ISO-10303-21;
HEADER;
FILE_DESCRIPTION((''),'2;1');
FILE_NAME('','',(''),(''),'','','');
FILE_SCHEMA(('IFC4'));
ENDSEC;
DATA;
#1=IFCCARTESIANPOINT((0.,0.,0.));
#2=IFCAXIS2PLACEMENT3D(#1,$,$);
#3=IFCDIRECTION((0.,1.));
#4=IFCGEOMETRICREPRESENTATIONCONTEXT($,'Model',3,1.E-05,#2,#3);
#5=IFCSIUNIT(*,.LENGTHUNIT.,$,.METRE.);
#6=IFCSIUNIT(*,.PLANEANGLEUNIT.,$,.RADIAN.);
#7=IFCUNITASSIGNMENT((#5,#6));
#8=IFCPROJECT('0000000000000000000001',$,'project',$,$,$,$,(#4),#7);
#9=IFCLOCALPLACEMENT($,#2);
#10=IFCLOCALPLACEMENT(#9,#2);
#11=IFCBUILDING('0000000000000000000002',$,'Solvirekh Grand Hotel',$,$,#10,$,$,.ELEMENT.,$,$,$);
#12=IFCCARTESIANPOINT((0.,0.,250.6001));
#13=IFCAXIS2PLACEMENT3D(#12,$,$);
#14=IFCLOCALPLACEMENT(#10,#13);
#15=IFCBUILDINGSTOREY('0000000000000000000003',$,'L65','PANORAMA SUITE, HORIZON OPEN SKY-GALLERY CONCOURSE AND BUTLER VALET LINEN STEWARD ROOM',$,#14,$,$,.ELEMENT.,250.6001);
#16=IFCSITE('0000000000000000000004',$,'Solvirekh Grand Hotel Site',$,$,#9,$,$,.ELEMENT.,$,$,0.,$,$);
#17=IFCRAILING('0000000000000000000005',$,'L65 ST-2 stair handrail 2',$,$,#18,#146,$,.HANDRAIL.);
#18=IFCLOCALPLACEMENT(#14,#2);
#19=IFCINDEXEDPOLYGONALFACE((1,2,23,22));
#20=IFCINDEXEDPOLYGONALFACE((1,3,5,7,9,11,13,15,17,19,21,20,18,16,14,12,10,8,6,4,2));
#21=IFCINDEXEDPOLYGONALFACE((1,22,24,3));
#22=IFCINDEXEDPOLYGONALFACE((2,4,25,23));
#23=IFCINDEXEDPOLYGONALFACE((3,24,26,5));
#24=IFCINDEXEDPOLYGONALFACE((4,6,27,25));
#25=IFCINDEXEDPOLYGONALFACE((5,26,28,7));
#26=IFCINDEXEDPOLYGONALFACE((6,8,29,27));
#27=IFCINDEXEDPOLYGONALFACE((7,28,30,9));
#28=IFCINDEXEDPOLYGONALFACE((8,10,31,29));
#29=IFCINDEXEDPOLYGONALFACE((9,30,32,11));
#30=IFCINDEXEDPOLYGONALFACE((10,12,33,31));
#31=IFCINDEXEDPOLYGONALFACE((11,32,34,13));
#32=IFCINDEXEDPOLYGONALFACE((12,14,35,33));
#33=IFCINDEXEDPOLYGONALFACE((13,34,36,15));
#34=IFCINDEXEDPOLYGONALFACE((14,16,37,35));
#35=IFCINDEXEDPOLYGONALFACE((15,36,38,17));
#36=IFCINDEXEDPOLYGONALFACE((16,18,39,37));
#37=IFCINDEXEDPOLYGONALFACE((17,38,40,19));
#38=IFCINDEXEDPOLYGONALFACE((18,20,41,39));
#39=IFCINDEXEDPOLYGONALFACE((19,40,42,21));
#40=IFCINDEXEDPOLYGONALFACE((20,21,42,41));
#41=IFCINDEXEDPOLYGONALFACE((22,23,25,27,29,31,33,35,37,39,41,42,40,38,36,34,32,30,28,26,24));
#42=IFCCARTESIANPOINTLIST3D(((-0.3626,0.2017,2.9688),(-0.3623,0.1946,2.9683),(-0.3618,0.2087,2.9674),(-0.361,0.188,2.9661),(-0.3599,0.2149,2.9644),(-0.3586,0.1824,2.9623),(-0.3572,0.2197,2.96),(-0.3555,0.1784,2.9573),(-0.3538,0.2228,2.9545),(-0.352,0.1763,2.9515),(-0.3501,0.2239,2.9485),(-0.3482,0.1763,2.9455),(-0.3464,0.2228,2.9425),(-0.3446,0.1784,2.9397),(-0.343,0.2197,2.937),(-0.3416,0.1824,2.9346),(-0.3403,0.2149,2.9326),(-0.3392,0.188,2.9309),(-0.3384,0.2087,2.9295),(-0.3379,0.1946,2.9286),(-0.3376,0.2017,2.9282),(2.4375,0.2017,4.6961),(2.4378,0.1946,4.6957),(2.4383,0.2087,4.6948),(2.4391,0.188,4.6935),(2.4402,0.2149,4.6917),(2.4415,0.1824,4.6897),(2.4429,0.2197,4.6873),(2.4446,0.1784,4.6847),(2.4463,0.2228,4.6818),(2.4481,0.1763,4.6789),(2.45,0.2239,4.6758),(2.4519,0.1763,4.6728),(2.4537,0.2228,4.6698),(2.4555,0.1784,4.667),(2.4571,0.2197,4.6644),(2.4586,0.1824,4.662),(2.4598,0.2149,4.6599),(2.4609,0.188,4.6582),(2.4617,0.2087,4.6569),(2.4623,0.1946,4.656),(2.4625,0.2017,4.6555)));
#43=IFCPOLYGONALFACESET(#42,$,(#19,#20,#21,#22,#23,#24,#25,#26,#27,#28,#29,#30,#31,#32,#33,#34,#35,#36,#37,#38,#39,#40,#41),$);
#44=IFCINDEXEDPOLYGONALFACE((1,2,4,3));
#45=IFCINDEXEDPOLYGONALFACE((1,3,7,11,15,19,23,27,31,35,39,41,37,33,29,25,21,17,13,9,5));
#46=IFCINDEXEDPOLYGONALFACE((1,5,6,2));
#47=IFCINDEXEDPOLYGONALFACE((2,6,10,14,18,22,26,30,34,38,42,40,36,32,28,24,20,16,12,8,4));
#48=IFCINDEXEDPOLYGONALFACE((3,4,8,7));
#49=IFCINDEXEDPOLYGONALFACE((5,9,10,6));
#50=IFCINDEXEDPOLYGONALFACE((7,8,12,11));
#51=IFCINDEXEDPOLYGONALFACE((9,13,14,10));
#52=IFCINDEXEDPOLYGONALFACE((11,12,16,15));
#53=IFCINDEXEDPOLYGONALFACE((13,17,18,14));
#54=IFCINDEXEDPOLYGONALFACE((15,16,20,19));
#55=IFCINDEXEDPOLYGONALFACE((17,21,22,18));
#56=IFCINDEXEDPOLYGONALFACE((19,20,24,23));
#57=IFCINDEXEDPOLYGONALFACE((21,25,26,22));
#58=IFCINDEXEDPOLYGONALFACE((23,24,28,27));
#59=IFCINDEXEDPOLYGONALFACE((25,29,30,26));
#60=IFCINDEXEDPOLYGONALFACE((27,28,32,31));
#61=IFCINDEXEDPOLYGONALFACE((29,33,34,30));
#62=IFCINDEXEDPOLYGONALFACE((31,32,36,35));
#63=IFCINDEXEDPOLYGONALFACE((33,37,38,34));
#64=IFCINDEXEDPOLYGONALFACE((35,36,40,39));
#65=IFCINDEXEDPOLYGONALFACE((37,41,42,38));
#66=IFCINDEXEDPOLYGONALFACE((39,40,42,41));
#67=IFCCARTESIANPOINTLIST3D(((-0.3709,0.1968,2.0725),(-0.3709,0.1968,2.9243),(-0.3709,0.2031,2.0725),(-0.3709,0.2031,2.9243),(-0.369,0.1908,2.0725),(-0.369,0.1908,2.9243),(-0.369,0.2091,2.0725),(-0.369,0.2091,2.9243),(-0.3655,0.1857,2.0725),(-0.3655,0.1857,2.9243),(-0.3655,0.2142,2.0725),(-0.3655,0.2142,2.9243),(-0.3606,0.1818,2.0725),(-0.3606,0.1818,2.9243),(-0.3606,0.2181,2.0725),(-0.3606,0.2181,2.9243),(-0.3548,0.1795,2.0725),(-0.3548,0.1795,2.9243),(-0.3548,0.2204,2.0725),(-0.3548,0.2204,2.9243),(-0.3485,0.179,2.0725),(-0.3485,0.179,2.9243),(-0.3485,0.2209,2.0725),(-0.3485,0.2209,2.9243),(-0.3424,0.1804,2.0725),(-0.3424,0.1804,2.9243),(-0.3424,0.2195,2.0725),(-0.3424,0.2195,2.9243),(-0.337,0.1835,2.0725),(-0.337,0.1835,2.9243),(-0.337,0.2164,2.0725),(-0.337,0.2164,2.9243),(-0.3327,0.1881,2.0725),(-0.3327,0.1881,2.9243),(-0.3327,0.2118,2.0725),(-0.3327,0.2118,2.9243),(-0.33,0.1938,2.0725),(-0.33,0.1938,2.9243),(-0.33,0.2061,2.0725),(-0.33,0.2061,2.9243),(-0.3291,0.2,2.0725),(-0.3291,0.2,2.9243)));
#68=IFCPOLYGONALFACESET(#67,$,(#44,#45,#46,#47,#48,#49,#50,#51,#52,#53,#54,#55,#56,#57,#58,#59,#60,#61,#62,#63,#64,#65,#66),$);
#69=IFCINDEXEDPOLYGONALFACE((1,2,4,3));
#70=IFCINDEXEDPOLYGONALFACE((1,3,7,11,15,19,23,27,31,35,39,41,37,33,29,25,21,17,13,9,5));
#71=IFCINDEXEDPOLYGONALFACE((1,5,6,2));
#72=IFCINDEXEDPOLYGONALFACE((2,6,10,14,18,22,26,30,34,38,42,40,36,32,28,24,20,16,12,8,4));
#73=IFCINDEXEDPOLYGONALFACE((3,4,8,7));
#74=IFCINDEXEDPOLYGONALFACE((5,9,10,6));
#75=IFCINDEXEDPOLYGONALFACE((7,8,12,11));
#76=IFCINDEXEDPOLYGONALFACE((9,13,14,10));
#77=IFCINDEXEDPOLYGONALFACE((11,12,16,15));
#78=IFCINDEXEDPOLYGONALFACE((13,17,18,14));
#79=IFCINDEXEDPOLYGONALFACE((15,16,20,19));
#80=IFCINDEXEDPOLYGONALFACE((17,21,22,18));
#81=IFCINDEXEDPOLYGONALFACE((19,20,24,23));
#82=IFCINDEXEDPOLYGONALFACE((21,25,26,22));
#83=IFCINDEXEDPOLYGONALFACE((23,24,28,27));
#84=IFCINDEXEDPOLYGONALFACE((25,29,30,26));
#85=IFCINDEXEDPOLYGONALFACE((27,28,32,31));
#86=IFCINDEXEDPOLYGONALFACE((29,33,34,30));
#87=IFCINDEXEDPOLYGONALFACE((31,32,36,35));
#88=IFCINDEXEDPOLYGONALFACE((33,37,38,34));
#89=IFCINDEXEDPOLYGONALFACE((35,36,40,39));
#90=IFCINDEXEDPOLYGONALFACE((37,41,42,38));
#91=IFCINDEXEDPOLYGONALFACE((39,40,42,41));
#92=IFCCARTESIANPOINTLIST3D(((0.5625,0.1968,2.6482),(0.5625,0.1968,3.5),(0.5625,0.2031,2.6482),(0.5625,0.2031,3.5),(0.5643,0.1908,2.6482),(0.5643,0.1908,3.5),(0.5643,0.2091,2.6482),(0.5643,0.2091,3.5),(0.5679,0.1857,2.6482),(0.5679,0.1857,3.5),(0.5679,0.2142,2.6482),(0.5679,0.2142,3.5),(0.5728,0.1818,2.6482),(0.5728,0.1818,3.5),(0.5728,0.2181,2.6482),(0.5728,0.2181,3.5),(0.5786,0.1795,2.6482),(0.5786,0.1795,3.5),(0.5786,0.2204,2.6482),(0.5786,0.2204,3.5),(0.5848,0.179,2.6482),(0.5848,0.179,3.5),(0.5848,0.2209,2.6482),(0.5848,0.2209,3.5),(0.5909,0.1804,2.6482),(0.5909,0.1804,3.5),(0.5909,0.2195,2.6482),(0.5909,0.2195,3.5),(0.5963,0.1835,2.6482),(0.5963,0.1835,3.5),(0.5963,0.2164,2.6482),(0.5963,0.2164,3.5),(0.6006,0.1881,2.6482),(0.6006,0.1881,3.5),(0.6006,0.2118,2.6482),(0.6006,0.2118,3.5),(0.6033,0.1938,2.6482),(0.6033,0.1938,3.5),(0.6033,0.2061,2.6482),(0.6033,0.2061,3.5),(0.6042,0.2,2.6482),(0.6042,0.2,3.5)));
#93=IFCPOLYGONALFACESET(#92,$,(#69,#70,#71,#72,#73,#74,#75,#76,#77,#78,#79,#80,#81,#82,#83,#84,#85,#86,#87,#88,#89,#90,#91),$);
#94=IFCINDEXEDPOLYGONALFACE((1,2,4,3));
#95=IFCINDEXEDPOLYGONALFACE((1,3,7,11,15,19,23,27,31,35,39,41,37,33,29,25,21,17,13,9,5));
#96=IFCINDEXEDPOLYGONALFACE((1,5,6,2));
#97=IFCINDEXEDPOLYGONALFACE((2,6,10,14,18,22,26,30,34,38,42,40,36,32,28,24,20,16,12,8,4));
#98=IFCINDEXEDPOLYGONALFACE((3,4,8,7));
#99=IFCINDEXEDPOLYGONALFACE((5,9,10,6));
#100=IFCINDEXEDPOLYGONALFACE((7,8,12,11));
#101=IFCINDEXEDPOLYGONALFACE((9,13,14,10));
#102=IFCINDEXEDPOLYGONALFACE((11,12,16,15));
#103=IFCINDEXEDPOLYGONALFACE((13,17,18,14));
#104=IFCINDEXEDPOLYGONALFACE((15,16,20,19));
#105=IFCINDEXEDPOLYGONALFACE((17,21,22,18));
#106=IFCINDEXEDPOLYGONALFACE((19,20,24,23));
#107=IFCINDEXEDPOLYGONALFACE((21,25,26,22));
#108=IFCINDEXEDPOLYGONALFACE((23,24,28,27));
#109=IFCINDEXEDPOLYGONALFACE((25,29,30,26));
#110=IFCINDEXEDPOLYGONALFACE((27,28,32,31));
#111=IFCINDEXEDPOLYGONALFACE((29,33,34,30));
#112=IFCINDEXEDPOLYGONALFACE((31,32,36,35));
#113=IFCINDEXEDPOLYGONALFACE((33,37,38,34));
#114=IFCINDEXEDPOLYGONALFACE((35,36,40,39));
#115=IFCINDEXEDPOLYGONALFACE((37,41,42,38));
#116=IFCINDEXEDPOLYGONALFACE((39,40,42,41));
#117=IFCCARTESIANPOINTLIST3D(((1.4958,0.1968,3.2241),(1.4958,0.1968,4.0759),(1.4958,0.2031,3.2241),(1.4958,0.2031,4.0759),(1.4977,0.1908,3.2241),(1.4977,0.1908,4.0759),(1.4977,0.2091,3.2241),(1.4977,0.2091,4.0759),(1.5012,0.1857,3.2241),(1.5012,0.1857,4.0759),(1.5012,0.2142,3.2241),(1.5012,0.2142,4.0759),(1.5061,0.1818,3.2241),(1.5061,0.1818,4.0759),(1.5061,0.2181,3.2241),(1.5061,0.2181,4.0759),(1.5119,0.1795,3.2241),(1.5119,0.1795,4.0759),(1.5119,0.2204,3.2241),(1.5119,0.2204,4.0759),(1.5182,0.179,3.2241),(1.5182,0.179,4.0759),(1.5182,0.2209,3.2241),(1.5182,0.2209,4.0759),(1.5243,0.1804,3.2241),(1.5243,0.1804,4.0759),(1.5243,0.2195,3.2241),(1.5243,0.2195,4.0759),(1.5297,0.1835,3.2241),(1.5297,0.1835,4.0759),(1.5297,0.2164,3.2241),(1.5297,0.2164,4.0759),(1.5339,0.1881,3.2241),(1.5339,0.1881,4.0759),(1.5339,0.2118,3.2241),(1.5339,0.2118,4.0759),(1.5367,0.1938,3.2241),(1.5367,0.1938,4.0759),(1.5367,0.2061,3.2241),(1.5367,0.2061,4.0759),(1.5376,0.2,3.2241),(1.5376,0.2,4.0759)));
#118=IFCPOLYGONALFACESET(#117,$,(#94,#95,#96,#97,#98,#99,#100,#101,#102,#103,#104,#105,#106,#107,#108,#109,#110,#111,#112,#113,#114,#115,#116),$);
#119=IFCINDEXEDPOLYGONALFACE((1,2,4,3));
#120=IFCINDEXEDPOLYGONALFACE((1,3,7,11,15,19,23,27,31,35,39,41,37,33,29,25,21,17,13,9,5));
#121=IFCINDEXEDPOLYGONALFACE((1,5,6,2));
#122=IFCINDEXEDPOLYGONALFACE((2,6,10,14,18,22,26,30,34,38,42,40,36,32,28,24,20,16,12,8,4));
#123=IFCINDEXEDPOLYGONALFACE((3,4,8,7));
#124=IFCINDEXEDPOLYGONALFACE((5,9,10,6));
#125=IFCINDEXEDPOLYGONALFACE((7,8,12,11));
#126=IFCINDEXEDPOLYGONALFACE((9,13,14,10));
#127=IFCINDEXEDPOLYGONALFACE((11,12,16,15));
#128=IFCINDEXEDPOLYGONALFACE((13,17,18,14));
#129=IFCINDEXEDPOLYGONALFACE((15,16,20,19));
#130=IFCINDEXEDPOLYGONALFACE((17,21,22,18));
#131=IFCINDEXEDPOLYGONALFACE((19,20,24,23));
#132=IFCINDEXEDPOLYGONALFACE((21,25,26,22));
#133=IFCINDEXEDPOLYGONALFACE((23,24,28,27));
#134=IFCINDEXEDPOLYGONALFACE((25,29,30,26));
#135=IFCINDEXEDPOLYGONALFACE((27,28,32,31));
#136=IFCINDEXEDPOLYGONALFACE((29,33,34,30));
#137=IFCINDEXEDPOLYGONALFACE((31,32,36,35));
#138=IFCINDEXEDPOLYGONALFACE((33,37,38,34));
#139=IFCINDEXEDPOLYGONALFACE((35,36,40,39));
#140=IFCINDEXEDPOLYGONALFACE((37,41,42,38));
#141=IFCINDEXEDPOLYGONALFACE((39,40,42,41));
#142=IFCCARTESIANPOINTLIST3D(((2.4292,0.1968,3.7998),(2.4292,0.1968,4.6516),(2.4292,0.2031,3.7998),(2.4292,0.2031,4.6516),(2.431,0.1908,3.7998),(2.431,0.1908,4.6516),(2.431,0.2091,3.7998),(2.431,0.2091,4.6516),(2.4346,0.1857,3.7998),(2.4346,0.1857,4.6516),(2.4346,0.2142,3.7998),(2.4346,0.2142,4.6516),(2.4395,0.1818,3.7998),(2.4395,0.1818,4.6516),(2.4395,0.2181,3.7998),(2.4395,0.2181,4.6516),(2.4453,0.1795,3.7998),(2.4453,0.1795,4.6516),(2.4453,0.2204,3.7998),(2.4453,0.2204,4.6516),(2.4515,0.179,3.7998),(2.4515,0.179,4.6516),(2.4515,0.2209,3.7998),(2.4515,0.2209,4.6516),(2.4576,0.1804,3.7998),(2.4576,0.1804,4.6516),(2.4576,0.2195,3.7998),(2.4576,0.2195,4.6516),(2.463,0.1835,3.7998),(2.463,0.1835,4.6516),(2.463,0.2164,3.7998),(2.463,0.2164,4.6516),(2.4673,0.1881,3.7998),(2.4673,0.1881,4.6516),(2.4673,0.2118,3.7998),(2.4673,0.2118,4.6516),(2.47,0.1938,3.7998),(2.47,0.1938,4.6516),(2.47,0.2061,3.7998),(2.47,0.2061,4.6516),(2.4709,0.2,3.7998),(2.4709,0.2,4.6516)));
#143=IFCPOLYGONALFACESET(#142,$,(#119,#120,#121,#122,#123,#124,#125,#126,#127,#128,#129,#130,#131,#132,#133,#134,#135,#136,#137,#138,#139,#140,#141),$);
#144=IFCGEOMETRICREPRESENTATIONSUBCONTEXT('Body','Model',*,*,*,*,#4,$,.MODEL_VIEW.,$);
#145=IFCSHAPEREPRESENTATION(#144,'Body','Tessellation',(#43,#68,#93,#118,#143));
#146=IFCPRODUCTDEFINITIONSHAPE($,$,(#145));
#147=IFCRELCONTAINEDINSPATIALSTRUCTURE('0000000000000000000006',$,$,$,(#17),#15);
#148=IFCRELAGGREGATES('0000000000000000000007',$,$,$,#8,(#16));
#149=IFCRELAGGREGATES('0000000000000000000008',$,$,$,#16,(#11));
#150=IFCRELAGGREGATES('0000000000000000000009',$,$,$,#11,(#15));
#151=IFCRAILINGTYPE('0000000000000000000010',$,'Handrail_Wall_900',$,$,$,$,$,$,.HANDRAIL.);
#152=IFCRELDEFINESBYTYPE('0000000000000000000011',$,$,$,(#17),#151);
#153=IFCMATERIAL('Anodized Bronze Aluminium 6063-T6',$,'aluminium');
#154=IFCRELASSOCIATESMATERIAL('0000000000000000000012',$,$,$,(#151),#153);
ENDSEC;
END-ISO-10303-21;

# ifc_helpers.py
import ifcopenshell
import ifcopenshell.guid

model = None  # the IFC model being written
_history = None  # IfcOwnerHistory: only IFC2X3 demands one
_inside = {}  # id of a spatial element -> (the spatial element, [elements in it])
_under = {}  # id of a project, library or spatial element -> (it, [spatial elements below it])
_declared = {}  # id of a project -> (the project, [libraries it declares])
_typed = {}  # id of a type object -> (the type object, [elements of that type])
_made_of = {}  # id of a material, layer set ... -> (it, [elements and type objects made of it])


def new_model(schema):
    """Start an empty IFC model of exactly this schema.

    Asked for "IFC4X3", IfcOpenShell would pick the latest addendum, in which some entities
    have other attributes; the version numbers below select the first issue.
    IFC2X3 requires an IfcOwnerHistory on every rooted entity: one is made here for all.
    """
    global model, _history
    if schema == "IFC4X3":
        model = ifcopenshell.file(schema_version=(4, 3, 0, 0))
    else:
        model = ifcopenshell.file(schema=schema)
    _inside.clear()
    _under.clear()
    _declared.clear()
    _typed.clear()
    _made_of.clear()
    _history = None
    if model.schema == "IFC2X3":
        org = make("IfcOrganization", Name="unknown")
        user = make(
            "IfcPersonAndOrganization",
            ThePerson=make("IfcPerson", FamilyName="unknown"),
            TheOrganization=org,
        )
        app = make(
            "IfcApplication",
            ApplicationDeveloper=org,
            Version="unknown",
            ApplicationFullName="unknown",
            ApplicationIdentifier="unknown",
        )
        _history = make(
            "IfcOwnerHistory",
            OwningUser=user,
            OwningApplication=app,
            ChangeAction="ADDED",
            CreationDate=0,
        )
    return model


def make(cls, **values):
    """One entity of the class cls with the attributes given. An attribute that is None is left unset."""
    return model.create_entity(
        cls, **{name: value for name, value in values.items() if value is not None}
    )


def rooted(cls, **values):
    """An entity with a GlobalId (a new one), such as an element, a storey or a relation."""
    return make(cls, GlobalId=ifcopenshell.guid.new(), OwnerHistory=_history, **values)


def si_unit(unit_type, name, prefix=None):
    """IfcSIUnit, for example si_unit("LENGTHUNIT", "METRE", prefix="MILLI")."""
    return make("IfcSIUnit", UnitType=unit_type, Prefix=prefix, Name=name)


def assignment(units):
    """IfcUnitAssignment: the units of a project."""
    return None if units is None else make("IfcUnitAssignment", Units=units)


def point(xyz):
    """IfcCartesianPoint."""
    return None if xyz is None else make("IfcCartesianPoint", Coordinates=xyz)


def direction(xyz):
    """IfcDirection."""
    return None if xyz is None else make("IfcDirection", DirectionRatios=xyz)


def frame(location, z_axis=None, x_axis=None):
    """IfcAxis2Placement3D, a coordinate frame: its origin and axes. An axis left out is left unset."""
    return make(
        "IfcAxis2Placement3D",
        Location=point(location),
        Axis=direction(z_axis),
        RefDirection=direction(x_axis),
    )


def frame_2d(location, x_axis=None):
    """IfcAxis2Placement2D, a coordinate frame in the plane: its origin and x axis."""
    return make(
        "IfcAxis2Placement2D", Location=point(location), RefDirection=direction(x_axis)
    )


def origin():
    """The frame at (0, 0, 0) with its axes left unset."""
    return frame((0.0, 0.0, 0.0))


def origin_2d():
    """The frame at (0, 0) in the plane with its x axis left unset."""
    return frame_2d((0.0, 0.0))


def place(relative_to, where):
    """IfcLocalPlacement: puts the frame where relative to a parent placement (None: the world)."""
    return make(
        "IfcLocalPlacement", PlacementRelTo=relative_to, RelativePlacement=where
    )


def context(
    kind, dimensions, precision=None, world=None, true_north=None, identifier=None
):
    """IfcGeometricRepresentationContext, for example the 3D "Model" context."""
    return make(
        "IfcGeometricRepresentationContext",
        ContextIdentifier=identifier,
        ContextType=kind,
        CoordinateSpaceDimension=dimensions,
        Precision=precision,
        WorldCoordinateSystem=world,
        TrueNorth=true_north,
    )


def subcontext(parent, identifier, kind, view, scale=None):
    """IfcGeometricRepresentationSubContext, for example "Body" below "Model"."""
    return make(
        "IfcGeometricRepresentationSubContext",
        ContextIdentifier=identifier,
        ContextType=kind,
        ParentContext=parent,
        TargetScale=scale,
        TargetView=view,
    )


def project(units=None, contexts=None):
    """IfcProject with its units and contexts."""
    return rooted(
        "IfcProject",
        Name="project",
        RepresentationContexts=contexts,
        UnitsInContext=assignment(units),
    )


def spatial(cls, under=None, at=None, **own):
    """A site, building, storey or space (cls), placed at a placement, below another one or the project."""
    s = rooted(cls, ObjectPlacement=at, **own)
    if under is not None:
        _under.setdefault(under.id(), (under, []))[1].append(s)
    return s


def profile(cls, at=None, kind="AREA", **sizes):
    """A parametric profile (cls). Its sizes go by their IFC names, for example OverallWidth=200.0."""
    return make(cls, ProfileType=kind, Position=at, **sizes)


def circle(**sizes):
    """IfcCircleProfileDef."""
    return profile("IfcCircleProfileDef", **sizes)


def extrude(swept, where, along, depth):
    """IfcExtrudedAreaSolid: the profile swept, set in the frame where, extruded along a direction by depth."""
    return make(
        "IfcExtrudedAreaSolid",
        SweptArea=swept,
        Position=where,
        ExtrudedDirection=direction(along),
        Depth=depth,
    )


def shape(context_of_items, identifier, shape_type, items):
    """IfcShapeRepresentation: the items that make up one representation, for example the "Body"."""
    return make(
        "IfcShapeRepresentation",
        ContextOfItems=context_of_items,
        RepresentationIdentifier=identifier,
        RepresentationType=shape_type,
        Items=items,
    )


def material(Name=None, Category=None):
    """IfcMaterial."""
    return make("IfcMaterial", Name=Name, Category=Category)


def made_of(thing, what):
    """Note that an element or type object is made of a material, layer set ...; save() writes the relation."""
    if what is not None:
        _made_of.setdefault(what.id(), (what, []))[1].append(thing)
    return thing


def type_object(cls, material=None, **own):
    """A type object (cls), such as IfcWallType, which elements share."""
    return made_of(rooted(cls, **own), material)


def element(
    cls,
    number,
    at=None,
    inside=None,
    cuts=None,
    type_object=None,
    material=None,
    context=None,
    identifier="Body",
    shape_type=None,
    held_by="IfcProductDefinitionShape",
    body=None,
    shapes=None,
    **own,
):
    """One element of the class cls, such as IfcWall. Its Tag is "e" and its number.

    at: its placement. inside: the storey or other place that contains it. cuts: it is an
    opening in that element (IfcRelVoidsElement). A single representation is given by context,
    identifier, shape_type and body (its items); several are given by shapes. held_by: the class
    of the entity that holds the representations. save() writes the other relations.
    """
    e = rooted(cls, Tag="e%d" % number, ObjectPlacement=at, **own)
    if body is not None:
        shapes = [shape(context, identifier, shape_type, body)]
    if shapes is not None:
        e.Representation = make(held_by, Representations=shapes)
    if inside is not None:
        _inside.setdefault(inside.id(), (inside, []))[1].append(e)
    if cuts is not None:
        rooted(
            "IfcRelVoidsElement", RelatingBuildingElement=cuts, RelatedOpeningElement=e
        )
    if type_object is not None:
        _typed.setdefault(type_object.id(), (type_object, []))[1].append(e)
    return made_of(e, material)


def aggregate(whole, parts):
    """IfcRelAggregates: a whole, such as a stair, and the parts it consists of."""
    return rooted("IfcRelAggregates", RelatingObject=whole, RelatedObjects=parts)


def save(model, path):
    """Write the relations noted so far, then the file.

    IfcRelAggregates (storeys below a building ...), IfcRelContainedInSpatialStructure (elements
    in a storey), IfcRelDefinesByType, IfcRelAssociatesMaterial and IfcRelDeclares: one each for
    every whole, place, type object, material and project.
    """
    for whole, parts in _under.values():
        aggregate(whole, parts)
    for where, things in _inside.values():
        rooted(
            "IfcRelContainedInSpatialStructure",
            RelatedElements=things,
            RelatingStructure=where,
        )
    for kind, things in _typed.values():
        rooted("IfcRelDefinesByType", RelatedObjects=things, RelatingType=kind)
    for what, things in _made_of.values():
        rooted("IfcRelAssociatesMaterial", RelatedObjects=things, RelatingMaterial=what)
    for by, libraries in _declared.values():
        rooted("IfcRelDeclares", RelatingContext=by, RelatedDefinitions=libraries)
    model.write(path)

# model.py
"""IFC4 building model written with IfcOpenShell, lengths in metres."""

from ifc_helpers import new_model, si_unit, direction, frame, origin, origin_2d, place, context, subcontext, project, spatial, circle, extrude, material, type_object, element, save


model = new_model("IFC4")

# Units and contexts
model_context = context("Model", 3, precision=1e-05, world=origin(), true_north=direction((0.0, 1.0)))
body_context = subcontext(model_context, "Body", "Model", "MODEL_VIEW")
ifc_project = project(units=[si_unit("LENGTHUNIT", "METRE"), si_unit("PLANEANGLEUNIT", "RADIAN")], contexts=[model_context])

# Site, building, storey
site_placement = place(None, origin())
site = spatial("IfcSite", under=ifc_project, at=site_placement, Name="Solvirekh Grand Hotel Site", CompositionType="ELEMENT", RefElevation=0.0)
building_placement = place(site_placement, origin())
building = spatial("IfcBuilding", under=site, at=building_placement, Name="Solvirekh Grand Hotel", CompositionType="ELEMENT")
storey_placement = place(building_placement, frame((0.0, 0.0, 250.6001)))
storey = spatial("IfcBuildingStorey", under=building, at=storey_placement, Name="L65", Description="PANORAMA SUITE, HORIZON OPEN SKY-GALLERY CONCOURSE AND BUTLER VALET LINEN STEWARD ROOM", CompositionType="ELEMENT", Elevation=250.6001)

# Railing
ifc_material_1 = material(Name="Anodized Bronze Aluminium 6063-T6", Category="aluminium")
railing_type_1 = type_object("IfcRailingType", Name="Handrail_Wall_900", PredefinedType="HANDRAIL", material=ifc_material_1)
for number, where, name in (
    (1, (-0.3501, 0.2, 2.0725), "L65 ST-2 stair handrail 2"),
):
    element("IfcRailing", number, at=place(storey_placement, frame(where)), inside=storey, type_object=railing_type_1, Name=name, PredefinedType="HANDRAIL", context=body_context, shape_type="SweptSolid", body=[
        extrude(circle(Radius=0.0239, at=origin_2d()), frame((0.0, 0.0, 0.876), z_axis=(0.85109, 0.0, 0.52502), x_axis=(0.0, 1.0, 0.0)), (0.0, 0.0, 1.0), 3.29),
        extrude(circle(Radius=0.021, at=origin_2d()), origin(), (0.0, 0.0, 1.0), 0.8518),
        extrude(circle(Radius=0.021, at=origin_2d()), frame((0.9333, 0.0, 0.5757)), (0.0, 0.0, 1.0), 0.8518),
        extrude(circle(Radius=0.021, at=origin_2d()), frame((1.8667, 0.0, 1.1516)), (0.0, 0.0, 1.0), 0.8518),
        extrude(circle(Radius=0.021, at=origin_2d()), frame((2.8, 0.0, 1.7273)), (0.0, 0.0, 1.0), 0.8518),
    ])

save(model, "model.ifc")
